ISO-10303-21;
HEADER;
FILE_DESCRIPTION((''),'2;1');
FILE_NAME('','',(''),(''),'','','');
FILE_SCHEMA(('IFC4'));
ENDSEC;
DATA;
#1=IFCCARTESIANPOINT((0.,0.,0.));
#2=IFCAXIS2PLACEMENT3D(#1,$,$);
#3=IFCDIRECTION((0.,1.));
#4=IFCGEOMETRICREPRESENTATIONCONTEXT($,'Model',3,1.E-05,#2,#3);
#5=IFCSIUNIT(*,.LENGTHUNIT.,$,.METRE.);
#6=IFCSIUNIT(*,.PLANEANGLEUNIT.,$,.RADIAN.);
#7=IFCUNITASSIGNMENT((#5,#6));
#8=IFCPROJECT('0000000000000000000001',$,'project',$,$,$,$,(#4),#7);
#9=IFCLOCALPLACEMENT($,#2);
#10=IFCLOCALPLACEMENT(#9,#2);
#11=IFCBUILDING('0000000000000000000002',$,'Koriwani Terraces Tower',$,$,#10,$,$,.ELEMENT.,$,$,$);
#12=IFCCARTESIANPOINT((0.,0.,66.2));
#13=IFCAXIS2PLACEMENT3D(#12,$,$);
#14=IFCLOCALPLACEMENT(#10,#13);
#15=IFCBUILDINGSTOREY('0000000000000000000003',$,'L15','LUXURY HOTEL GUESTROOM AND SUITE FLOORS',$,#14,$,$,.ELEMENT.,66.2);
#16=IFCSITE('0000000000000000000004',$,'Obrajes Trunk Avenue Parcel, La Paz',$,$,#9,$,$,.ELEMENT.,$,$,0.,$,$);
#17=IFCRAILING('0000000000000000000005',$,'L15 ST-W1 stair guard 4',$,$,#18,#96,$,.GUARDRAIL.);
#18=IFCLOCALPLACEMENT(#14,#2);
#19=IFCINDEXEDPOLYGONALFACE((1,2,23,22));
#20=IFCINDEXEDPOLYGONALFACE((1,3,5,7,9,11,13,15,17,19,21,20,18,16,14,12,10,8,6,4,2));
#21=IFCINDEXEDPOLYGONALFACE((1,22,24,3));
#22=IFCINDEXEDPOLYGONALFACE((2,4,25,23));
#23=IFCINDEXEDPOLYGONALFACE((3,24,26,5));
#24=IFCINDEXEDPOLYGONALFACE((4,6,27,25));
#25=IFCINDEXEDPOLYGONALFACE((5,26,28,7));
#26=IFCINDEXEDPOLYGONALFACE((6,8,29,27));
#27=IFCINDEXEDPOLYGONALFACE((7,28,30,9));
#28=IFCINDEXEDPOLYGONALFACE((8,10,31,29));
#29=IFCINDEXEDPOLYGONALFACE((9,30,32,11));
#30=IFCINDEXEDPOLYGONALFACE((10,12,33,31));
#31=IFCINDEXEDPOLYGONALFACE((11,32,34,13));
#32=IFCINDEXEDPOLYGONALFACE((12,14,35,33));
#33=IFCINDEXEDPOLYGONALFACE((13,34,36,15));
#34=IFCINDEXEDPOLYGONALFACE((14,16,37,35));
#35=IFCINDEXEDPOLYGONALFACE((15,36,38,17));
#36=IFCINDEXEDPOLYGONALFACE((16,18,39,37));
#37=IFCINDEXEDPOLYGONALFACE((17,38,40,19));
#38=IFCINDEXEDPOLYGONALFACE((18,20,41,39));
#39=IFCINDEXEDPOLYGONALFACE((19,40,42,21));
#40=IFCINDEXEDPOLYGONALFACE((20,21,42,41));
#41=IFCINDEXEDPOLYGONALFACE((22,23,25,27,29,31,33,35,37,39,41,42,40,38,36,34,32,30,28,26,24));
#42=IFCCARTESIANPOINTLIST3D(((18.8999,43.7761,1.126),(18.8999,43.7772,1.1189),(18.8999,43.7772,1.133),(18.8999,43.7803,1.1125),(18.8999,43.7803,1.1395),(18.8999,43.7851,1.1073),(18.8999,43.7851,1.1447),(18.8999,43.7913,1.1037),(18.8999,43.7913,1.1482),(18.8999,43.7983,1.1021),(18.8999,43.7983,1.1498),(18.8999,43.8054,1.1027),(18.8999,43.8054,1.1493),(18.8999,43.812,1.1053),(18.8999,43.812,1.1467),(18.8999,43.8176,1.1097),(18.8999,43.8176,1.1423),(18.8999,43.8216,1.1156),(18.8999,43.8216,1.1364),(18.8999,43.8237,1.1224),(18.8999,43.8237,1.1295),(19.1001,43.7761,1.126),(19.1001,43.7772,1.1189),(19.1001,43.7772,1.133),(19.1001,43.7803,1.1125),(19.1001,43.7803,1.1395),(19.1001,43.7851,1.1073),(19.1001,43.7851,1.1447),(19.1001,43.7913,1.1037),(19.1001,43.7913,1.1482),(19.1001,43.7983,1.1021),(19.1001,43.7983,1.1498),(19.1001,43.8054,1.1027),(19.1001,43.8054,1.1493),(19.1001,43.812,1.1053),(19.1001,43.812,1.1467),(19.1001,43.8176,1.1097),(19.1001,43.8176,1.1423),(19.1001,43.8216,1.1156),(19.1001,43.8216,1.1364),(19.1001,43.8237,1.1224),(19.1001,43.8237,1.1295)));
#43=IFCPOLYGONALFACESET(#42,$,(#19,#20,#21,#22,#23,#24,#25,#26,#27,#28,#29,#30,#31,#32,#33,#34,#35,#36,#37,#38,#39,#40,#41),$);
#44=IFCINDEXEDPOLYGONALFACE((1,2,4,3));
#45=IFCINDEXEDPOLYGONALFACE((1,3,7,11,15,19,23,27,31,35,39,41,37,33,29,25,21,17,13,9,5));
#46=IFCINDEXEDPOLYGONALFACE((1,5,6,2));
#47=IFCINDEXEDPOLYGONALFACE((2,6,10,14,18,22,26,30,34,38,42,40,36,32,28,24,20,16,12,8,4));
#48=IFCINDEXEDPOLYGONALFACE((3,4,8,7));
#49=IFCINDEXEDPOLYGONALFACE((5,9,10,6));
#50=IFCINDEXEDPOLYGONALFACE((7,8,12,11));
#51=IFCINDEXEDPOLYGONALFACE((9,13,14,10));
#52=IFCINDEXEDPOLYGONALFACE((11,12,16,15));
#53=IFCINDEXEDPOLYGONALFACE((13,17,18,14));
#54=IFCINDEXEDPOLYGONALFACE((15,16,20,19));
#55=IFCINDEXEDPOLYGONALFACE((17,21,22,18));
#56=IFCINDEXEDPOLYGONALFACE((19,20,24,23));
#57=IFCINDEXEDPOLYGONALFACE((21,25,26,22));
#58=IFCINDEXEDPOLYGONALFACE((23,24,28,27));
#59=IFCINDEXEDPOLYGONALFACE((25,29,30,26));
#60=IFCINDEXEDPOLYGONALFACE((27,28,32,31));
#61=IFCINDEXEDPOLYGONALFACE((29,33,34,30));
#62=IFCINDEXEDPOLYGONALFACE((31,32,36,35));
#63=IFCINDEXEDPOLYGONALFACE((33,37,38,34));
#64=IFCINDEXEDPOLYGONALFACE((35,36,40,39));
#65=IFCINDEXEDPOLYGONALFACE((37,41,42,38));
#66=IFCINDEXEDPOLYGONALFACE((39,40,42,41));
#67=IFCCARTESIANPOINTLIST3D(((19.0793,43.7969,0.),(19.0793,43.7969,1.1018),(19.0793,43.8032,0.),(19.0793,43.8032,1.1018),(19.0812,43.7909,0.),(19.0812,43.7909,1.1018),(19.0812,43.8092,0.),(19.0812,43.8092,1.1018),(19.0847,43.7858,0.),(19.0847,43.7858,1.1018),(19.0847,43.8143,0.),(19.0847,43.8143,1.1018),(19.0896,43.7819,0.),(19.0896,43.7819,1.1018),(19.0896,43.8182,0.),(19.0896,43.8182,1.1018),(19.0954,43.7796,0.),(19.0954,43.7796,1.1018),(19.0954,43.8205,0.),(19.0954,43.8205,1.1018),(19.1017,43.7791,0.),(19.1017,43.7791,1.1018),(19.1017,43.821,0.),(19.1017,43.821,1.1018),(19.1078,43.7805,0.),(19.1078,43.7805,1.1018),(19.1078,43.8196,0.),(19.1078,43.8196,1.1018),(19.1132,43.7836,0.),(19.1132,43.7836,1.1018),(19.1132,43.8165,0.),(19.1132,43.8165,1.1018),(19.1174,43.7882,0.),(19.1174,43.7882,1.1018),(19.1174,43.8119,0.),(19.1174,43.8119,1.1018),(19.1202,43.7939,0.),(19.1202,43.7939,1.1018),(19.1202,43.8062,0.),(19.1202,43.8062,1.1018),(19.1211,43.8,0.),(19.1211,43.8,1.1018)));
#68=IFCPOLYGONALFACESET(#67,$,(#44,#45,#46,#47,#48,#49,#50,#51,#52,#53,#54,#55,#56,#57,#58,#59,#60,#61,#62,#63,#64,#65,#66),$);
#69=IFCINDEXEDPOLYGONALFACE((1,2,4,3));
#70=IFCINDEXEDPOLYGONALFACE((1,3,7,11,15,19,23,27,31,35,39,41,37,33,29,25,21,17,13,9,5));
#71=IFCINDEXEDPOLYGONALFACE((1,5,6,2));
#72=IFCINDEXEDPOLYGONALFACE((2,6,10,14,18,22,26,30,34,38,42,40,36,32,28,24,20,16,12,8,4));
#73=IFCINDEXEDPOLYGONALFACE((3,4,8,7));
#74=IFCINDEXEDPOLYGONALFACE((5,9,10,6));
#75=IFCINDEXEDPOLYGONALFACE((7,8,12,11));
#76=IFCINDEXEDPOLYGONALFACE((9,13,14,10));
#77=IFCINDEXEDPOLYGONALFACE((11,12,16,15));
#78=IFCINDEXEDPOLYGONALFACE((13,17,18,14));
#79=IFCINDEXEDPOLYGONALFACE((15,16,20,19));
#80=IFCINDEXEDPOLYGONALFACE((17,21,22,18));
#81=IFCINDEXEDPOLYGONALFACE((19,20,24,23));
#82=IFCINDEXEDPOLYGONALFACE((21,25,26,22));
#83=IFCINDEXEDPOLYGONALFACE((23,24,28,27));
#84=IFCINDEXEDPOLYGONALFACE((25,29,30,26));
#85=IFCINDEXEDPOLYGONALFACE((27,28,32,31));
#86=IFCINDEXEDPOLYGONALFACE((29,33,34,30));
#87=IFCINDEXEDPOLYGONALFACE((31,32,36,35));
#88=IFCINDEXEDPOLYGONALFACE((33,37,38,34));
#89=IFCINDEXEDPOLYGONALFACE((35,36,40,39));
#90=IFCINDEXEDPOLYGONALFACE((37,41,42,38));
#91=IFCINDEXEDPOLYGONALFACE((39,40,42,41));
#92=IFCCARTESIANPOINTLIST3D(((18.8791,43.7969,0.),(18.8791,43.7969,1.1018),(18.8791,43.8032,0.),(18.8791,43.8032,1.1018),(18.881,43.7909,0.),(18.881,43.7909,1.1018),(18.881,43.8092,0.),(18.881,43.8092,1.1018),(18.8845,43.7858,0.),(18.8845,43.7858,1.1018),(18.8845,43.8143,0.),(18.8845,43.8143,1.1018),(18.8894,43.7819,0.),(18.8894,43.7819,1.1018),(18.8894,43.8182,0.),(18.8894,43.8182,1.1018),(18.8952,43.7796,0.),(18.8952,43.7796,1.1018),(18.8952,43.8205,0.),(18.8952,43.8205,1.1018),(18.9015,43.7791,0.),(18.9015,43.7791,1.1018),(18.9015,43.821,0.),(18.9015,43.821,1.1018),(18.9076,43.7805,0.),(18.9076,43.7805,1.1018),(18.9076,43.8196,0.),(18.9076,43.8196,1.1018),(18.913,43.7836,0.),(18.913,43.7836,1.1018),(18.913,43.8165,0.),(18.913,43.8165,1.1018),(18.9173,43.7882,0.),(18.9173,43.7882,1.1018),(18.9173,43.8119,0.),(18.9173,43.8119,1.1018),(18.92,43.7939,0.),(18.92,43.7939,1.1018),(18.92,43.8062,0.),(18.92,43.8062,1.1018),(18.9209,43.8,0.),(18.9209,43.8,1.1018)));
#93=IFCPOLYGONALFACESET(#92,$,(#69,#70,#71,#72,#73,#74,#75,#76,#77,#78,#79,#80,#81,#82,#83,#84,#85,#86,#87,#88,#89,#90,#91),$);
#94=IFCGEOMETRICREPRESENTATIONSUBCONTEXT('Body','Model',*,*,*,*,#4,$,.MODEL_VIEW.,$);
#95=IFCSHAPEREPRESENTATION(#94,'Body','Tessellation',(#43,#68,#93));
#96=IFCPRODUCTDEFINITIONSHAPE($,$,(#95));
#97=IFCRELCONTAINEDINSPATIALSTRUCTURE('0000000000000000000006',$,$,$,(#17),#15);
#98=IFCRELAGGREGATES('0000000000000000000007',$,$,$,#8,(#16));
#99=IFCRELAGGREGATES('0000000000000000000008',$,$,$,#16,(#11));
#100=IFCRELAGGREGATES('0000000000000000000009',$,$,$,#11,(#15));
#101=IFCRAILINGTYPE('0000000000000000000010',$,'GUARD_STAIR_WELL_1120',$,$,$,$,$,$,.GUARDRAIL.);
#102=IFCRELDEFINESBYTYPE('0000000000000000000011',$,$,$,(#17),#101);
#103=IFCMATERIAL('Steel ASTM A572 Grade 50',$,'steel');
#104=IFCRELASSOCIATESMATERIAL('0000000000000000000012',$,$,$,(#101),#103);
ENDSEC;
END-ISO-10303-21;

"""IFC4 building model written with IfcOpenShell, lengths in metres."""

from ifc_helpers import new_model, si_unit, direction, frame, origin, origin_2d, place, context, subcontext, project, spatial, circle, extrude, material, type_object, element, save


model = new_model("IFC4")

# Units and contexts
model_context = context("Model", 3, precision=1e-05, world=origin(), true_north=direction((0.0, 1.0)))
body_context = subcontext(model_context, "Body", "Model", "MODEL_VIEW")
ifc_project = project(units=[si_unit("LENGTHUNIT", "METRE"), si_unit("PLANEANGLEUNIT", "RADIAN")], contexts=[model_context])

# Site, building, storey
site_placement = place(None, origin())
site = spatial("IfcSite", under=ifc_project, at=site_placement, Name="Obrajes Trunk Avenue Parcel, La Paz", CompositionType="ELEMENT", RefElevation=0.0)
building_placement = place(site_placement, origin())
building = spatial("IfcBuilding", under=site, at=building_placement, Name="Koriwani Terraces Tower", CompositionType="ELEMENT")
storey_placement = place(building_placement, frame((0.0, 0.0, 66.2)))
storey = spatial("IfcBuildingStorey", under=building, at=storey_placement, Name="L15", Description="LUXURY HOTEL GUESTROOM AND SUITE FLOORS", CompositionType="ELEMENT", Elevation=66.2)

# Shared definitions
ifc_material_1 = material(Name="Steel ASTM A572 Grade 50", Category="steel")

# Railing
railing_type = type_object("IfcRailingType", Name="GUARD_STAIR_WELL_1120", PredefinedType="GUARDRAIL", material=ifc_material_1)
railing_1_placement = place(storey_placement, frame((19.1001, 43.8, 0.0)))
element("IfcRailing", 1, at=railing_1_placement, inside=storey, type_object=railing_type, Name="L15 ST-W1 stair guard 4", PredefinedType="GUARDRAIL", context=body_context, shape_type="SweptSolid", body=[
    extrude(circle(Radius=0.0239, at=origin_2d()), frame((0.0, 0.0, 1.126), z_axis=(-1.0, 0.0, 0.0), x_axis=(0.0, -1.0, 0.0)), (0.0, 0.0, 1.0), 0.2002),
    extrude(circle(Radius=0.021, at=origin_2d()), origin(), (0.0, 0.0, 1.0), 1.1018),
    extrude(circle(Radius=0.021, at=origin_2d()), frame((-0.2002, 0.0, 0.0)), (0.0, 0.0, 1.0), 1.1018),
])

save(model, "model.ifc")
